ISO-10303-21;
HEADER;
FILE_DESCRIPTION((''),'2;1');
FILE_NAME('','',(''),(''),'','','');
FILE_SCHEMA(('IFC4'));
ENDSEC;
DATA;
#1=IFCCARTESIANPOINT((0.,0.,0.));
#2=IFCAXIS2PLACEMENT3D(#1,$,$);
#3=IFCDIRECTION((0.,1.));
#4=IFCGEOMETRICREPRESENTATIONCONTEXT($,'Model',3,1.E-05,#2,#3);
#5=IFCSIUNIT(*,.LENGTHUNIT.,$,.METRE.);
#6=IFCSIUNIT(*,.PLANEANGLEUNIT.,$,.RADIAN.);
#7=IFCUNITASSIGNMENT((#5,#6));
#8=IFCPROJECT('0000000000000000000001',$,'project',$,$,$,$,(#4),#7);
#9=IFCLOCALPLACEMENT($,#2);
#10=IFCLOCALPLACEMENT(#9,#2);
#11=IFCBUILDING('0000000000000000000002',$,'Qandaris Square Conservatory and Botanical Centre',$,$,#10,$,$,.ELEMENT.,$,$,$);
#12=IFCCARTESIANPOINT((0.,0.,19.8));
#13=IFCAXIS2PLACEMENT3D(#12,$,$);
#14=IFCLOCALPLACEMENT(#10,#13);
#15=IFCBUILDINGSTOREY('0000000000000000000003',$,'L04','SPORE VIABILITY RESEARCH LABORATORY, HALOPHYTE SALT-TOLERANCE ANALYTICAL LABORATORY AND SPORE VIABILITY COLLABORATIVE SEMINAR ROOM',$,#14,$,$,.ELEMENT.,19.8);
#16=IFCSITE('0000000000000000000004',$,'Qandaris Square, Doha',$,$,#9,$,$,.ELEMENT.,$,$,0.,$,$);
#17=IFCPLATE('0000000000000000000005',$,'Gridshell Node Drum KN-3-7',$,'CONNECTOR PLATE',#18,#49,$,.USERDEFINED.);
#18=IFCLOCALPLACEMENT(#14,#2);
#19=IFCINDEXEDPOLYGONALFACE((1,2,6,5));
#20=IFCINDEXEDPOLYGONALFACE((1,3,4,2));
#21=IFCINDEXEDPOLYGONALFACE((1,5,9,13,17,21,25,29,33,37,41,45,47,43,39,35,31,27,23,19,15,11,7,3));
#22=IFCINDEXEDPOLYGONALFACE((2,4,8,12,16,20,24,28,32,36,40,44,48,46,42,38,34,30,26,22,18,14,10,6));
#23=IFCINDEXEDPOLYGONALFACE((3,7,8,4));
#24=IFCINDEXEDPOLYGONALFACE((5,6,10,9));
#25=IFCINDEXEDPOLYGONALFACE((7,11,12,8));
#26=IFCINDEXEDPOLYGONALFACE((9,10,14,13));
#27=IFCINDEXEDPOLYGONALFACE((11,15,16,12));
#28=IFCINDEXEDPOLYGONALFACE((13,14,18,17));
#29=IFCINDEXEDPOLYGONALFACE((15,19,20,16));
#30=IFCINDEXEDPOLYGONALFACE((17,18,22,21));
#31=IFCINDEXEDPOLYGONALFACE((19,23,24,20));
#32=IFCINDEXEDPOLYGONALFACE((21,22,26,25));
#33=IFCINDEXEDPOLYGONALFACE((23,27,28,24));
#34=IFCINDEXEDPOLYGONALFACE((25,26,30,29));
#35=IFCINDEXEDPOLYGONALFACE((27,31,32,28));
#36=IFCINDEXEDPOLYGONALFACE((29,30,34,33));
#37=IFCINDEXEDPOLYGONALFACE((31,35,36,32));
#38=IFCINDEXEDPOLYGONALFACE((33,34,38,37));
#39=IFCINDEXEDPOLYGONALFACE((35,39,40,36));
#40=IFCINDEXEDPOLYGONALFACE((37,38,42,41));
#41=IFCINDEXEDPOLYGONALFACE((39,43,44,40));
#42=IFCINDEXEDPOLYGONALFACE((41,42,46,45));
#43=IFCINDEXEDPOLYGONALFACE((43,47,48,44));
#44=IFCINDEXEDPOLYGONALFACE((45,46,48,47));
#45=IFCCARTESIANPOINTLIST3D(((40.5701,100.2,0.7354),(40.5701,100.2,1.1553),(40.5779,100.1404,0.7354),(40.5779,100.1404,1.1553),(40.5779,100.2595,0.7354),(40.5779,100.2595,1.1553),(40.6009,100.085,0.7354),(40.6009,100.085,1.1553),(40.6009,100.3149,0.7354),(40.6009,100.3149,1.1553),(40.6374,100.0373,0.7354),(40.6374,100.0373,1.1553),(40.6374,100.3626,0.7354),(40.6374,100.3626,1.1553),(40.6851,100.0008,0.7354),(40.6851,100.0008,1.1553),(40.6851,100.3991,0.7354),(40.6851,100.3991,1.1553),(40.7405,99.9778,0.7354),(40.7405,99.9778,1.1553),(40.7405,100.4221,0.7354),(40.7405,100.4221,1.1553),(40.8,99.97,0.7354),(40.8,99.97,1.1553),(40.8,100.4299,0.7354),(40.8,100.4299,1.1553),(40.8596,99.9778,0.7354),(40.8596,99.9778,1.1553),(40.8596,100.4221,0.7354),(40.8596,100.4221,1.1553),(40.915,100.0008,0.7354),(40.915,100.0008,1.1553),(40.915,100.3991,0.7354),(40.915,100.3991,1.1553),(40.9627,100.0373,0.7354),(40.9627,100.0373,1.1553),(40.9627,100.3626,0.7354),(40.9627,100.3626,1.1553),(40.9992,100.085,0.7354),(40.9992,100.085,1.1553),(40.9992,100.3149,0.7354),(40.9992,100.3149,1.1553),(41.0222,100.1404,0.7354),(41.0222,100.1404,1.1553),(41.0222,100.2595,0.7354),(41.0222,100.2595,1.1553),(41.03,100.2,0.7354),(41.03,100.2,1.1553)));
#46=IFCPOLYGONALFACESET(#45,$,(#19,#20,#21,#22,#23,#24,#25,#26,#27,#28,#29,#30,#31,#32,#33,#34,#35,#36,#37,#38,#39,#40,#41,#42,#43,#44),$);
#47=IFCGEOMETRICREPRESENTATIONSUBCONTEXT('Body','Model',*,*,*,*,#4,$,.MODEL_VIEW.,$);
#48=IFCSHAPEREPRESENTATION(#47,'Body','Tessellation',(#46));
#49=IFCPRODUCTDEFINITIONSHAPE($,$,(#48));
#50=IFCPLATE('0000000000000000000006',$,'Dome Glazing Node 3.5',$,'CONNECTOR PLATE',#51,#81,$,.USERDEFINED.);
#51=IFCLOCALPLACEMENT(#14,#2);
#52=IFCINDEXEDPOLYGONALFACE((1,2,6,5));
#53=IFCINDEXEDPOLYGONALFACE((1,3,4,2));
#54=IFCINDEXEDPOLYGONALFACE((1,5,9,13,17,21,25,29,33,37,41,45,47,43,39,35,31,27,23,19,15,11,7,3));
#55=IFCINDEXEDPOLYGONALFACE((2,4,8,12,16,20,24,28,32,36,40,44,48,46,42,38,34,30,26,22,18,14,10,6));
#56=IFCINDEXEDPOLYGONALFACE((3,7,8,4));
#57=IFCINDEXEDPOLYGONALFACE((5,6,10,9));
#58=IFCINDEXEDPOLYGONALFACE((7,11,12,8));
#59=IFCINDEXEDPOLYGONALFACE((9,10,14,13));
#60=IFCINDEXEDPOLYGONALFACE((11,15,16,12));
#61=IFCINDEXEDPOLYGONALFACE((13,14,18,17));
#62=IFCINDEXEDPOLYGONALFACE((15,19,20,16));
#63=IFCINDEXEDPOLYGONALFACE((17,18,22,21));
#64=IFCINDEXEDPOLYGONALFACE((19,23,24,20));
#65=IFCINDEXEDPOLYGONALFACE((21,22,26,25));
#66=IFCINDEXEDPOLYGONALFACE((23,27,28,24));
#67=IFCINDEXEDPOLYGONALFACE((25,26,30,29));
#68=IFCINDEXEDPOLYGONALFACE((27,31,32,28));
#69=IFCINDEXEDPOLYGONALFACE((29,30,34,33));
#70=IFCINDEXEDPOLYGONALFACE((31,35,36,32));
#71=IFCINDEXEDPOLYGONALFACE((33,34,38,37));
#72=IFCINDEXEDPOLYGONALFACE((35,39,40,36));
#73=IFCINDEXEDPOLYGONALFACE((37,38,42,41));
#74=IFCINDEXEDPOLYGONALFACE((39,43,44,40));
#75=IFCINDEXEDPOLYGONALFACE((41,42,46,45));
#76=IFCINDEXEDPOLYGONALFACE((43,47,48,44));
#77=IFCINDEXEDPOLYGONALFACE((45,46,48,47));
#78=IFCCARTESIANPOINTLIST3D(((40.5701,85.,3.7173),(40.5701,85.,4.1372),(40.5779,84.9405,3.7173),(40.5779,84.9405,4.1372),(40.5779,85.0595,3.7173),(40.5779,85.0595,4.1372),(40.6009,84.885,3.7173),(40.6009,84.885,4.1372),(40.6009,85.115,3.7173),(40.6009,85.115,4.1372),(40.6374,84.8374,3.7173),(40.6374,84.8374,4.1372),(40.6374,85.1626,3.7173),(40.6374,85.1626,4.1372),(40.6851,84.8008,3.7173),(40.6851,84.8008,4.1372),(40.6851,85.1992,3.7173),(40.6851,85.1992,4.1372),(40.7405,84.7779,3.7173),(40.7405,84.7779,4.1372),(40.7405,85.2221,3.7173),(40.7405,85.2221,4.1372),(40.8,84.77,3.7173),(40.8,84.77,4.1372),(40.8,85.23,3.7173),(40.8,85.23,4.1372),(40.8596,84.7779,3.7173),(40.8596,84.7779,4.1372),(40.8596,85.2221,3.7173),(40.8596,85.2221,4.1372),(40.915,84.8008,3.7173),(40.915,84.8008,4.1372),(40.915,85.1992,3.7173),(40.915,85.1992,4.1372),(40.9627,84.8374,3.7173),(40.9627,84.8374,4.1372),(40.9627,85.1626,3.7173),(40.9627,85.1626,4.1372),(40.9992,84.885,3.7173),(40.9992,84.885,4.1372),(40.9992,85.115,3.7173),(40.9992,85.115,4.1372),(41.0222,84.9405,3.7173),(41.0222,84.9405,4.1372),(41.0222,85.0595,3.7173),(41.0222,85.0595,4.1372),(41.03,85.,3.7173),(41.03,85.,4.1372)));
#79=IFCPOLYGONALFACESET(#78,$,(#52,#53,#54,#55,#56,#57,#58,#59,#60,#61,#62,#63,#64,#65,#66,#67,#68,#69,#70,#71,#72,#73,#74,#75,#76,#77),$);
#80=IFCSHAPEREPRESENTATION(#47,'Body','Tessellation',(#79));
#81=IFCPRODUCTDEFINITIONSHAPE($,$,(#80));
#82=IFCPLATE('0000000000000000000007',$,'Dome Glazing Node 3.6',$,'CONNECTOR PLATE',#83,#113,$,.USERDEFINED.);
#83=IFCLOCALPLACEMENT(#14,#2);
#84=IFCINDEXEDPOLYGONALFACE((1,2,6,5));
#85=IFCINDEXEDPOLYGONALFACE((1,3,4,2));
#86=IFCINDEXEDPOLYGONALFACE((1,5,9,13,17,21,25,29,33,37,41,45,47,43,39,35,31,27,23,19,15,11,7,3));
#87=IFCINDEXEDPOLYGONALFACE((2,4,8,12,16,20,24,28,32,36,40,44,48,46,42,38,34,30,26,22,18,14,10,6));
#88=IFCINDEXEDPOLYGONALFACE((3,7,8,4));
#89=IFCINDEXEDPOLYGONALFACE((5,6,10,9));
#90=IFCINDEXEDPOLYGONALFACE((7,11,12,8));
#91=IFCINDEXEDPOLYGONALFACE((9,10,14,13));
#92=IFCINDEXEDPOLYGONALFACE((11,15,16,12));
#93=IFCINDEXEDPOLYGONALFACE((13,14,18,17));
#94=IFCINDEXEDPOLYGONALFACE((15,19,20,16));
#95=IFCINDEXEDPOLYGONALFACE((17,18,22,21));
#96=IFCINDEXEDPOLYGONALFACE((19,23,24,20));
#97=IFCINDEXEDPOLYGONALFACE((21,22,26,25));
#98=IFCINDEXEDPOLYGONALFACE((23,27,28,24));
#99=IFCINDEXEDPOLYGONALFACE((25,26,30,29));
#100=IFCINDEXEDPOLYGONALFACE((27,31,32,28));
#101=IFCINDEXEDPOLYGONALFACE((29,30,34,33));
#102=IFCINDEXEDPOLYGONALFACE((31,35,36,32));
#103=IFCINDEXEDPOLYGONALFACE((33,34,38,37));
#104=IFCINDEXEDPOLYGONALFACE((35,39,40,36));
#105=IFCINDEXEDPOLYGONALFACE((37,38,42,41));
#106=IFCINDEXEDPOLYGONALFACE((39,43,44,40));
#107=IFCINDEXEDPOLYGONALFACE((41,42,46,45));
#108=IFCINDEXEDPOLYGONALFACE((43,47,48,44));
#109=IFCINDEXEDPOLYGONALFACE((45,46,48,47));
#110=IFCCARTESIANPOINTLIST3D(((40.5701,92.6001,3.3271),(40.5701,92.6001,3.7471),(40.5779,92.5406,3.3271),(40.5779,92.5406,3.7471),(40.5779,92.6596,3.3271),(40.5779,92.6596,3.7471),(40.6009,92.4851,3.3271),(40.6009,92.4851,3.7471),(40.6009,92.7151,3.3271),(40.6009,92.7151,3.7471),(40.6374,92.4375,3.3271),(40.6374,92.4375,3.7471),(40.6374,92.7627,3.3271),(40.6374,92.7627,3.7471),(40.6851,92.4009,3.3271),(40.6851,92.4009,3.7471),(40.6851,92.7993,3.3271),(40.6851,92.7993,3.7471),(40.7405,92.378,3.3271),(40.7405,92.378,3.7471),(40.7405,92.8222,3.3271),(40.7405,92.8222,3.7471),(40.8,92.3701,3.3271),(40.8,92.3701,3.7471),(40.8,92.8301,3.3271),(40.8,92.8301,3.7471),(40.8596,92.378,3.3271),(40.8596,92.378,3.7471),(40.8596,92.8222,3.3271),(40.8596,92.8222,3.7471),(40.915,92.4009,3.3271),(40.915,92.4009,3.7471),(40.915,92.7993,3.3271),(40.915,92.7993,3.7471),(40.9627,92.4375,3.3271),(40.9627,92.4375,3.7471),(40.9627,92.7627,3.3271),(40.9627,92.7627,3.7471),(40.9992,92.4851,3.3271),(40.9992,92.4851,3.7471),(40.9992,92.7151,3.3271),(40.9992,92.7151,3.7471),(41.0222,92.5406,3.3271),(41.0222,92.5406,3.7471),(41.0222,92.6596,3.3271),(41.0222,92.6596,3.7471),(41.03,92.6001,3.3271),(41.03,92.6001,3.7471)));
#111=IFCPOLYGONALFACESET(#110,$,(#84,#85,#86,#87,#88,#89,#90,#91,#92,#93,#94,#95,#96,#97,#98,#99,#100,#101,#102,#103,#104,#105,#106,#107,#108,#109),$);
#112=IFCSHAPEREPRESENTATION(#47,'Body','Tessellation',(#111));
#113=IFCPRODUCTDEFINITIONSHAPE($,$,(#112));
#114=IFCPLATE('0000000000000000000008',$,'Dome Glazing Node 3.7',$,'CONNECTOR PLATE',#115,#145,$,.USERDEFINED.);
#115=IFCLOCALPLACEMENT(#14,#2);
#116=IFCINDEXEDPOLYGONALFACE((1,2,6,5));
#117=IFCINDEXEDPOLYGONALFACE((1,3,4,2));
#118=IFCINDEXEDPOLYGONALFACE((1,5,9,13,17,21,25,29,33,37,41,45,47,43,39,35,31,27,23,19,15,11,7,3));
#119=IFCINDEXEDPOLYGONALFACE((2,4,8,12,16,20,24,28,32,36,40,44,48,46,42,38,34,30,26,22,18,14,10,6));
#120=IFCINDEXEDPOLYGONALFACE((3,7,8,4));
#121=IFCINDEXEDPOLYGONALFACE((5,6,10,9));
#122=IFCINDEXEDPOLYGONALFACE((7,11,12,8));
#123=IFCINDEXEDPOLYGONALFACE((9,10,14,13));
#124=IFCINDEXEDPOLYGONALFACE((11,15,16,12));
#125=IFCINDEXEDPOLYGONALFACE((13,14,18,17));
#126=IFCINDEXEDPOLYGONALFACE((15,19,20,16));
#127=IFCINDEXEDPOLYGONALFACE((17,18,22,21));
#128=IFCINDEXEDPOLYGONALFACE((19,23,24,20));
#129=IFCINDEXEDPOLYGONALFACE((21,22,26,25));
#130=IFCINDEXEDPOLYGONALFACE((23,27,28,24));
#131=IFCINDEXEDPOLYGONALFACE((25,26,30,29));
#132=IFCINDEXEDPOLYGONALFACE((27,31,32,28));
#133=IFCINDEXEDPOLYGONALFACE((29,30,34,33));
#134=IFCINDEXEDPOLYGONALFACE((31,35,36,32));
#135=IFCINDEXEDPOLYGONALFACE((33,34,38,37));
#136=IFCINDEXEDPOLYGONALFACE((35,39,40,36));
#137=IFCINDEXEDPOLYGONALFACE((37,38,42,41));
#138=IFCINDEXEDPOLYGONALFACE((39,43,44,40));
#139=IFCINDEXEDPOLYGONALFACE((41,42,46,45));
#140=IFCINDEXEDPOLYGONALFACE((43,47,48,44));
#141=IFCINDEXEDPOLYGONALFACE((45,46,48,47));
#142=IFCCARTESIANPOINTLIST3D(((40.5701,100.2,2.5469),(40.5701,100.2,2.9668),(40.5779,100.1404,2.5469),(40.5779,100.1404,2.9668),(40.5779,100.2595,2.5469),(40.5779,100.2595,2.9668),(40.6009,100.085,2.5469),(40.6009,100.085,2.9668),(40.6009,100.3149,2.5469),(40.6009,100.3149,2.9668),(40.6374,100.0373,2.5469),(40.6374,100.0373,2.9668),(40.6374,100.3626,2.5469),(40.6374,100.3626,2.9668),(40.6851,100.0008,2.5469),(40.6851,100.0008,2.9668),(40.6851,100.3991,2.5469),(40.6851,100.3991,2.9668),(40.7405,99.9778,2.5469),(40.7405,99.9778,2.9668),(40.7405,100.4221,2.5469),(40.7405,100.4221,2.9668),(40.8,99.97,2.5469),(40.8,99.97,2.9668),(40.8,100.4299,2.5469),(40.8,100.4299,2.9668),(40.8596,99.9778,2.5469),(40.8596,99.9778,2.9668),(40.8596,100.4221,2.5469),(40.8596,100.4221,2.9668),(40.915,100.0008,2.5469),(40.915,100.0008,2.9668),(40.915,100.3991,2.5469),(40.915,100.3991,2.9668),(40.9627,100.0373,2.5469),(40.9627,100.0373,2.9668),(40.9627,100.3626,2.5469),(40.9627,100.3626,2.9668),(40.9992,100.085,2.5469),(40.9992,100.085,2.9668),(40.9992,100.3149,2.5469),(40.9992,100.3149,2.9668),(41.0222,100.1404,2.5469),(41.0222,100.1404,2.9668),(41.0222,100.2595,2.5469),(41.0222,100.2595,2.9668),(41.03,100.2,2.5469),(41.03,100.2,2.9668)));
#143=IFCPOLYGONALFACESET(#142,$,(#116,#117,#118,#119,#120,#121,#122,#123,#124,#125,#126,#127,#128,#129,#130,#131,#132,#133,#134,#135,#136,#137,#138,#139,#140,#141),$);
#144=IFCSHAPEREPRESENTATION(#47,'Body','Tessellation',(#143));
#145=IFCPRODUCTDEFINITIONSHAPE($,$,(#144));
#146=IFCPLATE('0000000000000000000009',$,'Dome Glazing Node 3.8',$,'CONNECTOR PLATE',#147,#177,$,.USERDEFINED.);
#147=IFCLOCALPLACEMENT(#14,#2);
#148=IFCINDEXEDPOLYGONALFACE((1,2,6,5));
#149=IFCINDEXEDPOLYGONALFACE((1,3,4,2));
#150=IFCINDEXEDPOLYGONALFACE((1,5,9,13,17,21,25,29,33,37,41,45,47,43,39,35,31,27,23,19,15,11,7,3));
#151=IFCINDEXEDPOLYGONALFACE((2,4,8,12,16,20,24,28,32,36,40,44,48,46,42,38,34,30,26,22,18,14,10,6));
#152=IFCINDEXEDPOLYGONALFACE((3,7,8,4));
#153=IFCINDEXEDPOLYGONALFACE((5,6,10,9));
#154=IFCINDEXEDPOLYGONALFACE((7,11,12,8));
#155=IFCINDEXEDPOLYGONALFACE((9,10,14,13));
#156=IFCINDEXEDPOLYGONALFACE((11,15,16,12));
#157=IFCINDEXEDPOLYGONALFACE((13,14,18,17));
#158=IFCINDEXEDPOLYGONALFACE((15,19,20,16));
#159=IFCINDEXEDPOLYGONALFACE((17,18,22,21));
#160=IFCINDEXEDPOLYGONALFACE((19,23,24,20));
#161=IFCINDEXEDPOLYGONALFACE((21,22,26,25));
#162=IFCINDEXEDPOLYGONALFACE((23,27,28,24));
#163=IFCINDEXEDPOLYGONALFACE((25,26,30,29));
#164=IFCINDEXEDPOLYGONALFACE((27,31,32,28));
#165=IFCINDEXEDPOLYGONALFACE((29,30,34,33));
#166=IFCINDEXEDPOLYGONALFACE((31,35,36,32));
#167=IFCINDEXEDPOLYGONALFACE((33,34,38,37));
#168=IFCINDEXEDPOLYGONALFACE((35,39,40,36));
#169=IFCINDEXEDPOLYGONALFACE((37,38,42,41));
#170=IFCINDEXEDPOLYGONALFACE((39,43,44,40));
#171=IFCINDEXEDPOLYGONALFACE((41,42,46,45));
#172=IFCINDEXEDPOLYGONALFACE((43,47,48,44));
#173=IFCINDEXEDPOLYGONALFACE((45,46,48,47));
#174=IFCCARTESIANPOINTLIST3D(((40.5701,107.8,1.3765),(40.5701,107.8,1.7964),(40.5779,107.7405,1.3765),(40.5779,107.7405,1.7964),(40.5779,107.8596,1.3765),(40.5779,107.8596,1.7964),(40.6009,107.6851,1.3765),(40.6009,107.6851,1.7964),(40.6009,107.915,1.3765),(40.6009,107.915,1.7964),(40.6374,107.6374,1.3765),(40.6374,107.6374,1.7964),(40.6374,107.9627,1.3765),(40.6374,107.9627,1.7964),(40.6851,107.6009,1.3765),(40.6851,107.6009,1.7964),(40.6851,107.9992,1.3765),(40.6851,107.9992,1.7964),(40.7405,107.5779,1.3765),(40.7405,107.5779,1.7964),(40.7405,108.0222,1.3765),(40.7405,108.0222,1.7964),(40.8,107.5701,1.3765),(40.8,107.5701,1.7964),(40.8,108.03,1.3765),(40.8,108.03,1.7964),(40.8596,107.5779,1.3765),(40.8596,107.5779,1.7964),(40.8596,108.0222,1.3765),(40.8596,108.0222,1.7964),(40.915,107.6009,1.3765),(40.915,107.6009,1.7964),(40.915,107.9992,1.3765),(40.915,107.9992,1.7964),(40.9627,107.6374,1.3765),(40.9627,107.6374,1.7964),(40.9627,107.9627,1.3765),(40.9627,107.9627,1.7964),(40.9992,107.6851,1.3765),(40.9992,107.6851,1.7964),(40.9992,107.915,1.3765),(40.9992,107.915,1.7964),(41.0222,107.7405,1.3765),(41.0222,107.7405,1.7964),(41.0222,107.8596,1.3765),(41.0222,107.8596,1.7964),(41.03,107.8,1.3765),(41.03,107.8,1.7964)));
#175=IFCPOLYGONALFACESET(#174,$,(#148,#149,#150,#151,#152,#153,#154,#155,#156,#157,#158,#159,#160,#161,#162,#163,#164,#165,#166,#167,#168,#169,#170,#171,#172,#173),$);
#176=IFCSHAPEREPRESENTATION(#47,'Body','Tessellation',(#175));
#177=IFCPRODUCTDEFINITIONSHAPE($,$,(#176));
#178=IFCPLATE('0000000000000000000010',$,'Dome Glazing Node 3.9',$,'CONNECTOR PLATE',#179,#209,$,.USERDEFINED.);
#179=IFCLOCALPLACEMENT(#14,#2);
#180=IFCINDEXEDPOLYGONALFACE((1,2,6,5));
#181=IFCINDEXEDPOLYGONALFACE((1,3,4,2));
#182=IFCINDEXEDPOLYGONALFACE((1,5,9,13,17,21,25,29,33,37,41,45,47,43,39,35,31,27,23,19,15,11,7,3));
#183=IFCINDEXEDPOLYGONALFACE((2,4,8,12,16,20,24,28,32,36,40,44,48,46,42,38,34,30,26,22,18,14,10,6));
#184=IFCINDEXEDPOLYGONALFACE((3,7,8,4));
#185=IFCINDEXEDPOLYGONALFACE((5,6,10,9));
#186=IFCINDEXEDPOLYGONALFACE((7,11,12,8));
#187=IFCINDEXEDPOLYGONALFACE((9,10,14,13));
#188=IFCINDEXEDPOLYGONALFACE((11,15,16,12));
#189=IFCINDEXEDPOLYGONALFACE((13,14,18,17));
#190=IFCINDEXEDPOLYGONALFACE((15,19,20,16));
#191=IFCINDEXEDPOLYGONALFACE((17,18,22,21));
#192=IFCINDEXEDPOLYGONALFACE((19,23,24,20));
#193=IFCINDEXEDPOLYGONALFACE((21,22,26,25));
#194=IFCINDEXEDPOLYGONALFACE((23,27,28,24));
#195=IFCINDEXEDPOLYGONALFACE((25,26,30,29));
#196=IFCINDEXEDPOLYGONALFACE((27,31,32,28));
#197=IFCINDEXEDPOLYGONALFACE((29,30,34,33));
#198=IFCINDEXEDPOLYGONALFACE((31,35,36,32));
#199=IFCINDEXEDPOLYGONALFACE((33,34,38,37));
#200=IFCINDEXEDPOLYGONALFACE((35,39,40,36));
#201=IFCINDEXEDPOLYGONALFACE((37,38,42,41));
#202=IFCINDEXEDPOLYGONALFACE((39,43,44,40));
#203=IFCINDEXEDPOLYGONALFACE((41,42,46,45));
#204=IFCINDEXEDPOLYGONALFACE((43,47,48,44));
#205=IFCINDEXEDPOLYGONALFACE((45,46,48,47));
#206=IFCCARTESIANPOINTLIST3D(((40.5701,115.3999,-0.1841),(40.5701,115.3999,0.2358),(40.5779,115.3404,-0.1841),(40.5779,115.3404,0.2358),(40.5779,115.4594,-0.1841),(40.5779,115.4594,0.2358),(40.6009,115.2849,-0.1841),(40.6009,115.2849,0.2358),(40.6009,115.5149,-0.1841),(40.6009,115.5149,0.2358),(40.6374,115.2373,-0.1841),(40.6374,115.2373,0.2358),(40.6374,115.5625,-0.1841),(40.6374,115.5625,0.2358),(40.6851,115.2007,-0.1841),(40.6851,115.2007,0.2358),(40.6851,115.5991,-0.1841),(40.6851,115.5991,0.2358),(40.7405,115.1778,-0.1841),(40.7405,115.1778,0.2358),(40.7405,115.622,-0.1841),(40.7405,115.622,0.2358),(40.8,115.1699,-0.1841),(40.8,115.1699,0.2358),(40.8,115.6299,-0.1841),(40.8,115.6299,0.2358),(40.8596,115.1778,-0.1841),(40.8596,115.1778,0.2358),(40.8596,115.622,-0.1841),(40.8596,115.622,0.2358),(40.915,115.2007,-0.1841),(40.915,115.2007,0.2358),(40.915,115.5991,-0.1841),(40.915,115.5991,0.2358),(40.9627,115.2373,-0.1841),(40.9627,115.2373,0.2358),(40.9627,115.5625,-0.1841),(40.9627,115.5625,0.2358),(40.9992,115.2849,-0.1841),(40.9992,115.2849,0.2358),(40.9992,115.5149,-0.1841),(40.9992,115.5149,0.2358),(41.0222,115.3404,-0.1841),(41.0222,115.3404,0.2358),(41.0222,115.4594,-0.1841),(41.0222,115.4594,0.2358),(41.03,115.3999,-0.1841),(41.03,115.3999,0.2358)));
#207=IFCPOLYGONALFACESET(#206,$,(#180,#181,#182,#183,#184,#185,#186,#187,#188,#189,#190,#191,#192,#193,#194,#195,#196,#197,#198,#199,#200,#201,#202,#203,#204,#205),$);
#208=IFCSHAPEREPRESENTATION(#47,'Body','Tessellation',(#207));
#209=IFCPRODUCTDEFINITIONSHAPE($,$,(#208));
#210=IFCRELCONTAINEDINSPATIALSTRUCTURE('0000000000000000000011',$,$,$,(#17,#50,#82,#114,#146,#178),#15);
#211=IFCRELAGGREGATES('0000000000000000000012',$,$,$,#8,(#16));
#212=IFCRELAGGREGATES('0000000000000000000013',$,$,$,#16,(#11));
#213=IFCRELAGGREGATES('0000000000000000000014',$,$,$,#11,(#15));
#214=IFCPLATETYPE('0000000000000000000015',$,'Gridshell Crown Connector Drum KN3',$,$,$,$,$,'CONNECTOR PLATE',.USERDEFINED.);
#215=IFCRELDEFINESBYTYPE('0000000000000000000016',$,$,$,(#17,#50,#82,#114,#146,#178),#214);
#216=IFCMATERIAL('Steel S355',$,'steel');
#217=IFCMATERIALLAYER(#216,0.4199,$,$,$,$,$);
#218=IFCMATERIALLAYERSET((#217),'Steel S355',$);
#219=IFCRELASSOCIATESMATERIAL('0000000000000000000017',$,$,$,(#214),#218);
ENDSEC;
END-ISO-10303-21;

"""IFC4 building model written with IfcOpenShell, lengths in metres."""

from ifc_helpers import new_model, si_unit, direction, frame, origin, origin_2d, place, context, subcontext, project, spatial, circle, extrude, material, layer, layer_set, type_object, element, save


model = new_model("IFC4")

# Units and contexts
model_context = context("Model", 3, precision=1e-05, world=origin(), true_north=direction((0.0, 1.0)))
body_context = subcontext(model_context, "Body", "Model", "MODEL_VIEW")
ifc_project = project(units=[si_unit("LENGTHUNIT", "METRE"), si_unit("PLANEANGLEUNIT", "RADIAN")], contexts=[model_context])

# Site, building, storey
site_placement = place(None, origin())
site = spatial("IfcSite", under=ifc_project, at=site_placement, Name="Qandaris Square, Doha", CompositionType="ELEMENT", RefElevation=0.0)
building_placement = place(site_placement, origin())
building = spatial("IfcBuilding", under=site, at=building_placement, Name="Qandaris Square Conservatory and Botanical Centre", CompositionType="ELEMENT")
storey_placement = place(building_placement, frame((0.0, 0.0, 19.8)))
storey = spatial("IfcBuildingStorey", under=building, at=storey_placement, Name="L04", Description="SPORE VIABILITY RESEARCH LABORATORY, HALOPHYTE SALT-TOLERANCE ANALYTICAL LABORATORY AND SPORE VIABILITY COLLABORATIVE SEMINAR ROOM", CompositionType="ELEMENT", Elevation=19.8)

# Shared definitions
ifc_material = material(Name="Steel S355", Category="steel")

# Plates
ifc_layer_1 = layer(ifc_material, 0.4199)
ifc_layer_set_1 = layer_set([ifc_layer_1], Name="Steel S355")
plate_type = type_object("IfcPlateType", Name="Gridshell Crown Connector Drum KN3", ElementType="CONNECTOR PLATE", PredefinedType="USERDEFINED", material=ifc_layer_set_1)
for number, where, z_axis, x_axis, name in (
    (1, (40.8, 100.2, 0.7354), (0.0, 0.0, 1.0), (1.0, 0.0, 0.0), "Gridshell Node Drum KN-3-7"),
    (2, (40.8, 85.0, 3.7173), (0.0, 0.0, 1.0), (1.0, 0.0, 0.0), "Dome Glazing Node 3.5"),
    (3, (40.8, 92.6001, 3.3271), (0.0, 0.0, 1.0), (1.0, 0.0, 0.0), "Dome Glazing Node 3.6"),
    (4, (40.8, 100.2, 2.5469), (0.0, 0.0, 1.0), (1.0, 0.0, 0.0), "Dome Glazing Node 3.7"),
    (5, (40.8, 107.8, 1.3765), (0.0, 0.0, 1.0), (1.0, 0.0, 0.0), "Dome Glazing Node 3.8"),
    (6, (40.8, 115.3999, -0.1841), (0.0, 0.0, 1.0), (1.0, 0.0, 0.0), "Dome Glazing Node 3.9"),
):
    element("IfcPlate", number, at=place(storey_placement, frame(where, z_axis=z_axis, x_axis=x_axis)), inside=storey, type_object=plate_type, Name=name, ObjectType="CONNECTOR PLATE", PredefinedType="USERDEFINED", context=body_context, shape_type="SweptSolid", body=[
        extrude(circle(Radius=0.23, at=origin_2d()), origin(), (0.0, 0.0, 1.0), 0.4199),
    ])

save(model, "model.ifc")
